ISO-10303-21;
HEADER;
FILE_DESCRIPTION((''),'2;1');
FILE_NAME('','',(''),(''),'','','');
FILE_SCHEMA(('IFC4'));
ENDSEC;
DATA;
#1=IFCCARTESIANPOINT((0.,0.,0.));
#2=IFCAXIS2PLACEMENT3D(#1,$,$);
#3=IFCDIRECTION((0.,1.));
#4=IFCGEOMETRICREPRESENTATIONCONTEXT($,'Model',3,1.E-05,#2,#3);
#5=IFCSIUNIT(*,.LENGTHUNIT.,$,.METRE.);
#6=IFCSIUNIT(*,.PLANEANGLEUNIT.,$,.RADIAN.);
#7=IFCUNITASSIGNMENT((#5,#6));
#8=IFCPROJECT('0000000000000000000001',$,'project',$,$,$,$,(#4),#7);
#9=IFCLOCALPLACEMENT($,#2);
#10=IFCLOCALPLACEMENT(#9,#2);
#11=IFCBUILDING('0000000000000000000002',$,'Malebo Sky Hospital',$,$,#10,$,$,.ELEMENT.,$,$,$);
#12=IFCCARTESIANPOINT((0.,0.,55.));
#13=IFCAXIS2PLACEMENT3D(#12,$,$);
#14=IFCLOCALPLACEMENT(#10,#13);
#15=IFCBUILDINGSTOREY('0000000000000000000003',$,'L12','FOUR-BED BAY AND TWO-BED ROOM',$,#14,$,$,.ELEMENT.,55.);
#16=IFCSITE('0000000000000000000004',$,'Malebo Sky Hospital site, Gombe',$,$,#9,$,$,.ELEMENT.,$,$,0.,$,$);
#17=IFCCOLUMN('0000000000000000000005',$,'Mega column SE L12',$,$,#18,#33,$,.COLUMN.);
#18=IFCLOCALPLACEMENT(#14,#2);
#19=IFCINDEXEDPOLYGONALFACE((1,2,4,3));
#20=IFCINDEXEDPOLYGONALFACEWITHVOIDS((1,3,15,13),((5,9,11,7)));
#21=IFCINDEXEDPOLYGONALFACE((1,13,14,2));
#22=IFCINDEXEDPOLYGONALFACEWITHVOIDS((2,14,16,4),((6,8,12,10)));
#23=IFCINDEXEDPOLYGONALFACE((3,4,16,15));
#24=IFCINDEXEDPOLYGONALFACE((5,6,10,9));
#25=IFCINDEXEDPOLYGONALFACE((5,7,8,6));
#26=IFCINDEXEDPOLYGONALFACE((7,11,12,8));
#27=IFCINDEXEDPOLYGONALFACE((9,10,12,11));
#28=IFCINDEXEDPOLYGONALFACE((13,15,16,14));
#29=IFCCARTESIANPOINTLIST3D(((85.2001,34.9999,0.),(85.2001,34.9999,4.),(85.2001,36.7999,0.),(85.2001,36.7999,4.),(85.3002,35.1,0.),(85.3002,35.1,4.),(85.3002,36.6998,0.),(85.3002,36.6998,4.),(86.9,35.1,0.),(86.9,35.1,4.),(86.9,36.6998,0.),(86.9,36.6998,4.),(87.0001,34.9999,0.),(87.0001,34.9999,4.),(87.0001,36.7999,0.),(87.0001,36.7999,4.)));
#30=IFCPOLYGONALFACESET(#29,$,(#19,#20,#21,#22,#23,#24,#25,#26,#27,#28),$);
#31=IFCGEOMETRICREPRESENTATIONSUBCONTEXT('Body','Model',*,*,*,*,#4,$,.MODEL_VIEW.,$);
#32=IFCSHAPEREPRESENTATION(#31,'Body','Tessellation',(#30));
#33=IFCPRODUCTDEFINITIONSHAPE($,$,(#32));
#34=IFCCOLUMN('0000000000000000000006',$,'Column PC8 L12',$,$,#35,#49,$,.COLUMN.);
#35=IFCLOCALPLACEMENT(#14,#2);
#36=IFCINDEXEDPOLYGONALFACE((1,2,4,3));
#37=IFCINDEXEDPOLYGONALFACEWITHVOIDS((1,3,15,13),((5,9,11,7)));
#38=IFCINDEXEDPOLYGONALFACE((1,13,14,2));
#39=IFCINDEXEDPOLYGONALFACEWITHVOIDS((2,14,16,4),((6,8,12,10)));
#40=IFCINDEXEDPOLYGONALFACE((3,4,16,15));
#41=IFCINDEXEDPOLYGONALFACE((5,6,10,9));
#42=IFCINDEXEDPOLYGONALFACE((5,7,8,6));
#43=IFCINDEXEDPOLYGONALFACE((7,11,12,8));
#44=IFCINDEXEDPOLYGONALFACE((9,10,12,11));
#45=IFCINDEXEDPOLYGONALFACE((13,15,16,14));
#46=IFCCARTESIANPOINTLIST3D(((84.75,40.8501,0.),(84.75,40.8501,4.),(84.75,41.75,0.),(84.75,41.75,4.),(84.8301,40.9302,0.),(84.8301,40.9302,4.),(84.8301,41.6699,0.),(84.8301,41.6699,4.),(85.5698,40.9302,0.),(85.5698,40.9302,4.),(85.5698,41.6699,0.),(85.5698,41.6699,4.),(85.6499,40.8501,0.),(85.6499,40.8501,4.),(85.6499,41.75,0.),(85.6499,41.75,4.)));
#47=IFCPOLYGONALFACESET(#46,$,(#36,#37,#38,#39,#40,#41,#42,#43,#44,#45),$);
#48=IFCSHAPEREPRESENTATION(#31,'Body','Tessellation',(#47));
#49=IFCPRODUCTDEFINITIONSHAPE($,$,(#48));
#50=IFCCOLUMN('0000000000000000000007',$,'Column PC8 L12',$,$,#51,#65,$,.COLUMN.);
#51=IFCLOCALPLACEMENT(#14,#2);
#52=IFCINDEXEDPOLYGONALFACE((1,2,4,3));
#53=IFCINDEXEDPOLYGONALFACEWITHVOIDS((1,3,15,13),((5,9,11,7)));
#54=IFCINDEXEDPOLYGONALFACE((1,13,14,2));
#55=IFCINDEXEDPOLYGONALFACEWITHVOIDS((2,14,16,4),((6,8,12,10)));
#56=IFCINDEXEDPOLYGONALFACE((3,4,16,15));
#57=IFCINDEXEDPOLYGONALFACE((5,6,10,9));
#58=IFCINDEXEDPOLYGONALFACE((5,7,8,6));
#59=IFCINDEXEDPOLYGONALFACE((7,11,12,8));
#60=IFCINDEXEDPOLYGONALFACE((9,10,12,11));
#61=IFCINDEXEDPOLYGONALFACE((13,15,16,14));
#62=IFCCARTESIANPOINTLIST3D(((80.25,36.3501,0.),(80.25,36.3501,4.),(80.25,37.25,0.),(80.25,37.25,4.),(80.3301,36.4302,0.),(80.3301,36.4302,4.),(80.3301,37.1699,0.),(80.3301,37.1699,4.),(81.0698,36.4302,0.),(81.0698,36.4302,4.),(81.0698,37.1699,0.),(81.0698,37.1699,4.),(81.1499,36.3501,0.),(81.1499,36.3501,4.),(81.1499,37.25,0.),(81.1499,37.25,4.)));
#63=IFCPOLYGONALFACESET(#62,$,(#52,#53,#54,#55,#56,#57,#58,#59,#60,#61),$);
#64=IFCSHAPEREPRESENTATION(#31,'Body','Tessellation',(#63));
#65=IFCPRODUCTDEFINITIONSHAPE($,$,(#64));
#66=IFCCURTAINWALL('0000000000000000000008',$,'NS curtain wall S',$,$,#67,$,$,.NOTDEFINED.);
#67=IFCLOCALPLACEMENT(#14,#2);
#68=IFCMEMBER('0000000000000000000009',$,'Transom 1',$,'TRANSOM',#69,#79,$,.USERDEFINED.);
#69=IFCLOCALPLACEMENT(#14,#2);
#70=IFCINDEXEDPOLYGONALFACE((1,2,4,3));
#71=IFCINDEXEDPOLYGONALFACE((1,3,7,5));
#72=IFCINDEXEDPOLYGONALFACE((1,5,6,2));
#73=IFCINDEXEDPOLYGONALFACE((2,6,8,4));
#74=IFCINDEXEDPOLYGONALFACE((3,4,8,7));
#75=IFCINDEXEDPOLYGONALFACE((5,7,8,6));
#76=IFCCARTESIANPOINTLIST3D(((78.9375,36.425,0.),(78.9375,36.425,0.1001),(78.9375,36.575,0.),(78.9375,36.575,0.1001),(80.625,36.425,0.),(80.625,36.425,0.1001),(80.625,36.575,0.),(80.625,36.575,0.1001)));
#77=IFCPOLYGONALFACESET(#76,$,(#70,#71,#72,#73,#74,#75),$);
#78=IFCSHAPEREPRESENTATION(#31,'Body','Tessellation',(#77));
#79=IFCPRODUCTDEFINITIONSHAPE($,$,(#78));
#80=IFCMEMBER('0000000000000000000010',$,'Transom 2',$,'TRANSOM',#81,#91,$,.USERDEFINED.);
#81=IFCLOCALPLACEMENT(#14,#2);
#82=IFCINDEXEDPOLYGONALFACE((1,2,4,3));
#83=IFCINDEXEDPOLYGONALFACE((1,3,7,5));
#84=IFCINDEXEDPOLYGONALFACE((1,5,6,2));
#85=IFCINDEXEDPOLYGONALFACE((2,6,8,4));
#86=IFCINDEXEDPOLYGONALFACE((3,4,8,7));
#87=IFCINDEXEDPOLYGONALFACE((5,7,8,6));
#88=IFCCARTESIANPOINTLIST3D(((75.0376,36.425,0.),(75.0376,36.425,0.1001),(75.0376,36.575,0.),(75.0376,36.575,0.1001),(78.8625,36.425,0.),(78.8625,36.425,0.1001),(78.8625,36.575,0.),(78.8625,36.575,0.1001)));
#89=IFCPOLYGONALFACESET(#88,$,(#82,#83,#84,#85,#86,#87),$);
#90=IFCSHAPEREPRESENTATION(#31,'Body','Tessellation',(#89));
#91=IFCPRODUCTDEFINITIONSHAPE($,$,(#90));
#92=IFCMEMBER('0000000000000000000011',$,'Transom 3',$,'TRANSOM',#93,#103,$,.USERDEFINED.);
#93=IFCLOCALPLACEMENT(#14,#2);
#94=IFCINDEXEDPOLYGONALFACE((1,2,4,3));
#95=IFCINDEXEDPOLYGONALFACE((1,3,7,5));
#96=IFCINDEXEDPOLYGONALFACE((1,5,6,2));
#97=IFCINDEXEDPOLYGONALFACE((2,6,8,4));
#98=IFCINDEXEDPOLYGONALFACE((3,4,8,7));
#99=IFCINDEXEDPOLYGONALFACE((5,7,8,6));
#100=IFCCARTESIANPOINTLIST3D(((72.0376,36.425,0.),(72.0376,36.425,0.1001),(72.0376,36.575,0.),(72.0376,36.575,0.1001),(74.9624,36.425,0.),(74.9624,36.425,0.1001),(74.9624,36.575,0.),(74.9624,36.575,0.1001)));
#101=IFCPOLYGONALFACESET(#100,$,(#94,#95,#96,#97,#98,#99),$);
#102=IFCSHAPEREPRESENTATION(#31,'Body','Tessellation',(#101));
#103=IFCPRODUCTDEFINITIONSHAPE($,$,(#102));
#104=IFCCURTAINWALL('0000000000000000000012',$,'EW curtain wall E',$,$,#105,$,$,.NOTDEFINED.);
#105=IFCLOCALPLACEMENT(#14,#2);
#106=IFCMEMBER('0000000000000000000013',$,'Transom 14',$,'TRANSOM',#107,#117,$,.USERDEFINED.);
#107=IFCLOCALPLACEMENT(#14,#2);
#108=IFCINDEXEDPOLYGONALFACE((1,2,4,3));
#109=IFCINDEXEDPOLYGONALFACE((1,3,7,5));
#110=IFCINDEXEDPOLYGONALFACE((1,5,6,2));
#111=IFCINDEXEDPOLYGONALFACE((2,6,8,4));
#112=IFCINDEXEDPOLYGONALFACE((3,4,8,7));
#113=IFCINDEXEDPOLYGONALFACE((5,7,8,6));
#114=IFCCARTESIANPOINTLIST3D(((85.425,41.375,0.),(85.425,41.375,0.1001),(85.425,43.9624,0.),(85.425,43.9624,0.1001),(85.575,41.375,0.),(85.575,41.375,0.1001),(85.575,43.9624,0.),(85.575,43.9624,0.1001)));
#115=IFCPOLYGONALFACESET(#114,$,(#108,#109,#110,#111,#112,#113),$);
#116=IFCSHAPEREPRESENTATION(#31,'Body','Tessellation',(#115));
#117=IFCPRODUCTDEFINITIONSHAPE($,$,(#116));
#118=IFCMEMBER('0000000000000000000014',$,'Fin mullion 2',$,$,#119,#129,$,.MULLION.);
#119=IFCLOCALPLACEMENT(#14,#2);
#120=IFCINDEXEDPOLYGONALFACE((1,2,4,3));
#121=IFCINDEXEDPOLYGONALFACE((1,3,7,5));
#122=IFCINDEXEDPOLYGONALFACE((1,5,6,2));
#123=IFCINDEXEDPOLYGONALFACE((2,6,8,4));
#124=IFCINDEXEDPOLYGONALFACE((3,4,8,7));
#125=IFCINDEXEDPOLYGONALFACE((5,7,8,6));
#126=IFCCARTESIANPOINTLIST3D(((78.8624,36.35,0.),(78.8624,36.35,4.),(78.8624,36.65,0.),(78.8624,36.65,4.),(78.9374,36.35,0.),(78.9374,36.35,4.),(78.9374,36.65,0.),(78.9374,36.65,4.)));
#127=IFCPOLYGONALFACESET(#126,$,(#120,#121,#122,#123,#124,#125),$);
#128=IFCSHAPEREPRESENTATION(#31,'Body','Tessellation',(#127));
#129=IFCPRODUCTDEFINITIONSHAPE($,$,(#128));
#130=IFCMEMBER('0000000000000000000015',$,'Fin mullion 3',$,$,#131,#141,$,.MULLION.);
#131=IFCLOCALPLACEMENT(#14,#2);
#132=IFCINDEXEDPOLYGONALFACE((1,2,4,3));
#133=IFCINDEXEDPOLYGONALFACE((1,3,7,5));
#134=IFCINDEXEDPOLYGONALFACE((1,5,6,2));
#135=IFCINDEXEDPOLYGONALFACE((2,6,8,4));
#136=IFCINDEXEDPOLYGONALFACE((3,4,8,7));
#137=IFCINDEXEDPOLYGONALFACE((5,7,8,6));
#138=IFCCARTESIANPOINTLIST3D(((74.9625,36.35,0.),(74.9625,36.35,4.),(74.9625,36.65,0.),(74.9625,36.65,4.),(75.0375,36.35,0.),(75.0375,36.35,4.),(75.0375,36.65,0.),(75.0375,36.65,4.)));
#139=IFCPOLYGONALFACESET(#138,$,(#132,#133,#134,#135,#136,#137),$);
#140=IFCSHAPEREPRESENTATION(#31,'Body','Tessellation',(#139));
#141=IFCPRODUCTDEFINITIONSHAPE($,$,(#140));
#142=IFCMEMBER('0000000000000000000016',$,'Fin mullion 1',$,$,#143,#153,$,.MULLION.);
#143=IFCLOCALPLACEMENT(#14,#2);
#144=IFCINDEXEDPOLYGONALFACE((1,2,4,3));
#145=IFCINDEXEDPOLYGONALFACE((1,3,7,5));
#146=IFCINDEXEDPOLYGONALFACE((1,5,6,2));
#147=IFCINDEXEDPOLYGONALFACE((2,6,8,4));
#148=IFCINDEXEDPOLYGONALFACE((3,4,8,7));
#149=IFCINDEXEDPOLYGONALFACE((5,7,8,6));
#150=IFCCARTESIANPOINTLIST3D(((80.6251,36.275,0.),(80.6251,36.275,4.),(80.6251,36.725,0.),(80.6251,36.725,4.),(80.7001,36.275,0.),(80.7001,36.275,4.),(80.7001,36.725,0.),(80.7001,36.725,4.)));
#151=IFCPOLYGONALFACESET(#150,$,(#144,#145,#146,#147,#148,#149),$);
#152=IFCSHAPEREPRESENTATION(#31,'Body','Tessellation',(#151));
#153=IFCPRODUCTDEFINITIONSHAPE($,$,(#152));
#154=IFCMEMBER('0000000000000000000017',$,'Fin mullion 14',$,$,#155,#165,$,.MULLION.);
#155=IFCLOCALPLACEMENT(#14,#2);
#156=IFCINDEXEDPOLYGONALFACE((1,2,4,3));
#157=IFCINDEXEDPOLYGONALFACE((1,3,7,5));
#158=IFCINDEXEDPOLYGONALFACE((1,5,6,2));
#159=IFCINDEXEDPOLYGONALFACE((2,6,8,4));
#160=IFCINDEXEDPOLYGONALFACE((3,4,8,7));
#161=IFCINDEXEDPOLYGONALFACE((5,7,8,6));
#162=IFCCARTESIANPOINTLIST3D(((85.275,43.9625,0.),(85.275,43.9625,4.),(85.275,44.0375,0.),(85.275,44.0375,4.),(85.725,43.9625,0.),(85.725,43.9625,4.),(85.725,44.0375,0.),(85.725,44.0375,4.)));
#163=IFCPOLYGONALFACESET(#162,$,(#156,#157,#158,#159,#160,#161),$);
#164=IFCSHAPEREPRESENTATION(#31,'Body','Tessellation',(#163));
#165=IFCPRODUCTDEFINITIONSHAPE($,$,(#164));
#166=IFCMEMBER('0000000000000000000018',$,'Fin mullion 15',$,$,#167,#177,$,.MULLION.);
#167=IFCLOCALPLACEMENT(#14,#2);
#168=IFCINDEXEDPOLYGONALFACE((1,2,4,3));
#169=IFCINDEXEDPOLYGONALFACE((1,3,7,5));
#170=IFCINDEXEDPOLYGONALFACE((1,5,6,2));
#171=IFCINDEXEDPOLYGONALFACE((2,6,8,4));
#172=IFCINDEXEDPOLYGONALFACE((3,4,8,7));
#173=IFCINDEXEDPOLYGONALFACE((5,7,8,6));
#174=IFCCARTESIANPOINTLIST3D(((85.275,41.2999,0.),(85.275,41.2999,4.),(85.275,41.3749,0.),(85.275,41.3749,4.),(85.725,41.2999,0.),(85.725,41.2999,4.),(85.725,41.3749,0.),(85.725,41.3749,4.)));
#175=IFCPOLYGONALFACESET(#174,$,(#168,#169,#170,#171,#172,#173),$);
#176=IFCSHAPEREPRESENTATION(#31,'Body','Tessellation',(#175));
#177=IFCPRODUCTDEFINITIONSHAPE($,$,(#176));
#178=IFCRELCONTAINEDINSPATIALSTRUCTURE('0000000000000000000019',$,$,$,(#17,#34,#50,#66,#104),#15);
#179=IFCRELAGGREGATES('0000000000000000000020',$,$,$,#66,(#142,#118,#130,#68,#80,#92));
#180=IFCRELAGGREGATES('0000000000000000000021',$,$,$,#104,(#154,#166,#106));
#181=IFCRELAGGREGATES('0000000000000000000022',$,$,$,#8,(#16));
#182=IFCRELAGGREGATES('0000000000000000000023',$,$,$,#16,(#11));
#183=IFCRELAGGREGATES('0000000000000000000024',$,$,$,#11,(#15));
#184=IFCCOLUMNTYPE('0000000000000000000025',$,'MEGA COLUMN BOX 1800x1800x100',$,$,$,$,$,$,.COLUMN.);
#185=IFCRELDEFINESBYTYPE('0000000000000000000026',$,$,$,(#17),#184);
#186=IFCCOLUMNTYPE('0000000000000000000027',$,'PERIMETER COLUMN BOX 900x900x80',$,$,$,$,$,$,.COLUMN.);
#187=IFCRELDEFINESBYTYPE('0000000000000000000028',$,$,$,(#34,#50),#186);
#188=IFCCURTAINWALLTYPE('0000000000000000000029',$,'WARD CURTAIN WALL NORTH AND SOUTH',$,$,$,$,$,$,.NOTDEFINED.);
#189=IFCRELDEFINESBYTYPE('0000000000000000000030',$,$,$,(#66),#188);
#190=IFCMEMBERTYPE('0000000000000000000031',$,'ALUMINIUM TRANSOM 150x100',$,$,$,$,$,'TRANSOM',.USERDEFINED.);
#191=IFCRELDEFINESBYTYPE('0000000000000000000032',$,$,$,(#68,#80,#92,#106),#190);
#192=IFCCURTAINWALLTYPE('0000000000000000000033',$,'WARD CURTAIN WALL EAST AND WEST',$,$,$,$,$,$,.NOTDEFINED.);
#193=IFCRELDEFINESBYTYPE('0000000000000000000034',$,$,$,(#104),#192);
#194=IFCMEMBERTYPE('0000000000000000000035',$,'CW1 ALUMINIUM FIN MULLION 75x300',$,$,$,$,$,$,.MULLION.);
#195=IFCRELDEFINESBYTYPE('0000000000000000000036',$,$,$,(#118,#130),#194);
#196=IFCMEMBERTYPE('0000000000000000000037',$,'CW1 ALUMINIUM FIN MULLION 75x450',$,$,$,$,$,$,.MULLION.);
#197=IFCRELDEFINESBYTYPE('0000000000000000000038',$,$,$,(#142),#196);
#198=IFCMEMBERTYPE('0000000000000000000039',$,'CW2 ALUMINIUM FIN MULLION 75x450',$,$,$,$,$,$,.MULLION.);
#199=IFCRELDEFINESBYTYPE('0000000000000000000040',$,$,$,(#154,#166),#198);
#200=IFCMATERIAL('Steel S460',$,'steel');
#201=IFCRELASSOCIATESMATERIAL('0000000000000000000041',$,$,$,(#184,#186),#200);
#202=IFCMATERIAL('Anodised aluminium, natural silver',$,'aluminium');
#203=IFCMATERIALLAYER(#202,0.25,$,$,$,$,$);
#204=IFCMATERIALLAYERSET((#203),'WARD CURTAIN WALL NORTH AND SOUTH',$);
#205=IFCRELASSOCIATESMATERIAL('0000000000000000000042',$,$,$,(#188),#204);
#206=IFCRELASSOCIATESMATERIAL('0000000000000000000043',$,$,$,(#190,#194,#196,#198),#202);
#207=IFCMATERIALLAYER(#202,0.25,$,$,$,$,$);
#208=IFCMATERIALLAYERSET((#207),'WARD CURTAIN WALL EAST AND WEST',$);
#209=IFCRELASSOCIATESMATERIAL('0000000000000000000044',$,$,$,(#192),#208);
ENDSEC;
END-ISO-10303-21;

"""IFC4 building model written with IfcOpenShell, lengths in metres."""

from ifc_helpers import new_model, si_unit, direction, frame, origin, origin_2d, place, context, subcontext, project, spatial, rectangle, hollow_rectangle, extrude, material, layer, layer_set, material_profile, profile_set, type_object, element, aggregate, save


model = new_model("IFC4")

# Units and contexts
model_context = context("Model", 3, precision=1e-05, world=origin(), true_north=direction((0.0, 1.0)))
body_context = subcontext(model_context, "Body", "Model", "MODEL_VIEW")
ifc_project = project(units=[si_unit("LENGTHUNIT", "METRE"), si_unit("PLANEANGLEUNIT", "RADIAN")], contexts=[model_context])

# Site, building, storey
site_placement = place(None, origin())
site = spatial("IfcSite", under=ifc_project, at=site_placement, Name="Malebo Sky Hospital site, Gombe", CompositionType="ELEMENT", RefElevation=0.0)
building_placement = place(site_placement, origin())
building = spatial("IfcBuilding", under=site, at=building_placement, Name="Malebo Sky Hospital", CompositionType="ELEMENT")
storey_placement = place(building_placement, frame((0.0, 0.0, 55.0)))
storey = spatial("IfcBuildingStorey", under=building, at=storey_placement, Name="L12", Description="FOUR-BED BAY AND TWO-BED ROOM", CompositionType="ELEMENT", Elevation=55.0)

# Columns
ifc_material_1 = material(Name="Steel S460", Category="steel")
ifc_material_profile_1 = material_profile(ifc_material_1, hollow_rectangle(XDim=1.8, YDim=1.8, WallThickness=0.1001, at=origin_2d()), Name="BOX 1800x1800x100")
ifc_profile_set_1 = profile_set([ifc_material_profile_1], Name="Steel S460")
column_type_1 = type_object("IfcColumnType", Name="MEGA COLUMN BOX 1800x1800x100", PredefinedType="COLUMN", material=ifc_profile_set_1)
column_placement = place(storey_placement, frame((86.1001, 35.8999, 0.0), z_axis=(0.0, 0.0, 1.0), x_axis=(1.0, 0.0, 0.0)))
element("IfcColumn", 1, at=column_placement, inside=storey, type_object=column_type_1, Name="Mega column SE L12", PredefinedType="COLUMN", context=body_context, shape_type="SweptSolid", body=[
    extrude(hollow_rectangle(XDim=1.8, YDim=1.8, WallThickness=0.1001, at=origin_2d()), origin(), (0.0, 0.0, 1.0), 4.0),
])
ifc_material_profile_2 = material_profile(ifc_material_1, hollow_rectangle(XDim=0.8999, YDim=0.8999, WallThickness=0.0801, at=origin_2d()), Name="BOX 900x900x80")
ifc_profile_set_2 = profile_set([ifc_material_profile_2], Name="Steel S460")
column_type_2 = type_object("IfcColumnType", Name="PERIMETER COLUMN BOX 900x900x80", PredefinedType="COLUMN", material=ifc_profile_set_2)
for number, where, z_axis, x_axis, name in (
    (2, (85.2, 41.3, 0.0), (0.0, 0.0, 1.0), (1.0, 0.0, 0.0), "Column PC8 L12"),
    (3, (80.7, 36.8, 0.0), (0.0, 0.0, 1.0), (1.0, 0.0, 0.0), "Column PC8 L12"),
):
    element("IfcColumn", number, at=place(storey_placement, frame(where, z_axis=z_axis, x_axis=x_axis)), inside=storey, type_object=column_type_2, Name=name, PredefinedType="COLUMN", context=body_context, shape_type="SweptSolid", body=[
        extrude(hollow_rectangle(XDim=0.8999, YDim=0.8999, WallThickness=0.0801, at=origin_2d()), origin(), (0.0, 0.0, 1.0), 4.0),
    ])

# Curtain wall, members
ifc_material_2 = material(Name="Anodised aluminium, natural silver", Category="aluminium")
ifc_layer_1 = layer(ifc_material_2, 0.25)
ifc_layer_set_1 = layer_set([ifc_layer_1], Name="WARD CURTAIN WALL NORTH AND SOUTH")
curtain_wall_type_1 = type_object("IfcCurtainWallType", Name="WARD CURTAIN WALL NORTH AND SOUTH", PredefinedType="NOTDEFINED", material=ifc_layer_set_1)
curtain_wall_1_placement = place(storey_placement, origin())
curtain_wall_1 = element("IfcCurtainWall", 4, at=curtain_wall_1_placement, inside=storey, type_object=curtain_wall_type_1, Name="NS curtain wall S", PredefinedType="NOTDEFINED")
ifc_material_profile_3 = material_profile(ifc_material_2, rectangle(XDim=0.1499, YDim=0.1001, at=origin_2d()), Name="ALUMINIUM TRANSOM 150x100")
ifc_profile_set_3 = profile_set([ifc_material_profile_3], Name="Anodised aluminium, natural silver")
member_type_1 = type_object("IfcMemberType", Name="ALUMINIUM TRANSOM 150x100", ElementType="TRANSOM", PredefinedType="USERDEFINED", material=ifc_profile_set_3)
member_1_placement = place(storey_placement, frame((80.625, 36.5, 0.05), z_axis=(-1.0, 0.0, 0.0), x_axis=(0.0, -1.0, 0.0)))
member_1 = element("IfcMember", 5, at=member_1_placement, type_object=member_type_1, Name="Transom 1", ObjectType="TRANSOM", PredefinedType="USERDEFINED", context=body_context, shape_type="SweptSolid", body=[
    extrude(rectangle(XDim=0.1499, YDim=0.1001, at=origin_2d()), origin(), (0.0, 0.0, 1.0), 1.6875),
])
member_2_placement = place(storey_placement, frame((78.8625, 36.5, 0.05), z_axis=(-1.0, 0.0, 0.0), x_axis=(0.0, -1.0, 0.0)))
member_2 = element("IfcMember", 6, at=member_2_placement, type_object=member_type_1, Name="Transom 2", ObjectType="TRANSOM", PredefinedType="USERDEFINED", context=body_context, shape_type="SweptSolid", body=[
    extrude(rectangle(XDim=0.1499, YDim=0.1001, at=origin_2d()), origin(), (0.0, 0.0, 1.0), 3.825),
])
member_3_placement = place(storey_placement, frame((74.9624, 36.5, 0.05), z_axis=(-1.0, 0.0, 0.0), x_axis=(0.0, -1.0, 0.0)))
member_3 = element("IfcMember", 7, at=member_3_placement, type_object=member_type_1, Name="Transom 3", ObjectType="TRANSOM", PredefinedType="USERDEFINED", context=body_context, shape_type="SweptSolid", body=[
    extrude(rectangle(XDim=0.1499, YDim=0.1001, at=origin_2d()), origin(), (0.0, 0.0, 1.0), 2.9248),
])

# Curtain wall, member
ifc_layer_2 = layer(ifc_material_2, 0.25)
ifc_layer_set_2 = layer_set([ifc_layer_2], Name="WARD CURTAIN WALL EAST AND WEST")
curtain_wall_type_2 = type_object("IfcCurtainWallType", Name="WARD CURTAIN WALL EAST AND WEST", PredefinedType="NOTDEFINED", material=ifc_layer_set_2)
curtain_wall_2_placement = place(storey_placement, origin())
curtain_wall_2 = element("IfcCurtainWall", 8, at=curtain_wall_2_placement, inside=storey, type_object=curtain_wall_type_2, Name="EW curtain wall E", PredefinedType="NOTDEFINED")
member_4_placement = place(storey_placement, frame((85.5, 43.9624, 0.05), z_axis=(0.0, -1.0, 0.0), x_axis=(1.0, 0.0, 0.0)))
member_4 = element("IfcMember", 9, at=member_4_placement, type_object=member_type_1, Name="Transom 14", ObjectType="TRANSOM", PredefinedType="USERDEFINED", context=body_context, shape_type="SweptSolid", body=[
    extrude(rectangle(XDim=0.1499, YDim=0.1001, at=origin_2d()), origin(), (0.0, 0.0, 1.0), 2.5874),
])

# Members
ifc_material_profile_4 = material_profile(ifc_material_2, rectangle(XDim=0.075, YDim=0.3, at=origin_2d()), Name="CW1 ALUMINIUM FIN MULLION 75x300")
ifc_profile_set_4 = profile_set([ifc_material_profile_4], Name="Anodised aluminium, natural silver")
member_type_2 = type_object("IfcMemberType", Name="CW1 ALUMINIUM FIN MULLION 75x300", PredefinedType="MULLION", material=ifc_profile_set_4)
member_5_placement = place(storey_placement, frame((78.8999, 36.5, 0.0), z_axis=(0.0, 0.0, 1.0), x_axis=(-1.0, 0.0, 0.0)))
member_5 = element("IfcMember", 10, at=member_5_placement, type_object=member_type_2, Name="Fin mullion 2", PredefinedType="MULLION", context=body_context, shape_type="SweptSolid", body=[
    extrude(rectangle(XDim=0.075, YDim=0.3, at=origin_2d()), origin(), (0.0, 0.0, 1.0), 4.0),
])
member_6_placement = place(storey_placement, frame((75.0, 36.5, 0.0), z_axis=(0.0, 0.0, 1.0), x_axis=(-1.0, 0.0, 0.0)))
member_6 = element("IfcMember", 11, at=member_6_placement, type_object=member_type_2, Name="Fin mullion 3", PredefinedType="MULLION", context=body_context, shape_type="SweptSolid", body=[
    extrude(rectangle(XDim=0.075, YDim=0.3, at=origin_2d()), origin(), (0.0, 0.0, 1.0), 4.0),
])
ifc_material_profile_5 = material_profile(ifc_material_2, rectangle(XDim=0.075, YDim=0.45, at=origin_2d()), Name="CW1 ALUMINIUM FIN MULLION 75x450")
ifc_profile_set_5 = profile_set([ifc_material_profile_5], Name="Anodised aluminium, natural silver")
member_type_3 = type_object("IfcMemberType", Name="CW1 ALUMINIUM FIN MULLION 75x450", PredefinedType="MULLION", material=ifc_profile_set_5)
member_7_placement = place(storey_placement, frame((80.6626, 36.5, 0.0), z_axis=(0.0, 0.0, 1.0), x_axis=(-1.0, 0.0, 0.0)))
member_7 = element("IfcMember", 12, at=member_7_placement, type_object=member_type_3, Name="Fin mullion 1", PredefinedType="MULLION", context=body_context, shape_type="SweptSolid", body=[
    extrude(rectangle(XDim=0.075, YDim=0.45, at=origin_2d()), origin(), (0.0, 0.0, 1.0), 4.0),
])
ifc_material_profile_6 = material_profile(ifc_material_2, rectangle(XDim=0.075, YDim=0.45, at=origin_2d()), Name="CW2 ALUMINIUM FIN MULLION 75x450")
ifc_profile_set_6 = profile_set([ifc_material_profile_6], Name="Anodised aluminium, natural silver")
member_type_4 = type_object("IfcMemberType", Name="CW2 ALUMINIUM FIN MULLION 75x450", PredefinedType="MULLION", material=ifc_profile_set_6)
member_8_placement = place(storey_placement, frame((85.5, 44.0, 0.0), z_axis=(0.0, 0.0, 1.0), x_axis=(0.0, -1.0, 0.0)))
member_8 = element("IfcMember", 13, at=member_8_placement, type_object=member_type_4, Name="Fin mullion 14", PredefinedType="MULLION", context=body_context, shape_type="SweptSolid", body=[
    extrude(rectangle(XDim=0.075, YDim=0.45, at=origin_2d()), origin(), (0.0, 0.0, 1.0), 4.0),
])
member_9_placement = place(storey_placement, frame((85.5, 41.3374, 0.0), z_axis=(0.0, 0.0, 1.0), x_axis=(0.0, -1.0, 0.0)))
member_9 = element("IfcMember", 14, at=member_9_placement, type_object=member_type_4, Name="Fin mullion 15", PredefinedType="MULLION", context=body_context, shape_type="SweptSolid", body=[
    extrude(rectangle(XDim=0.075, YDim=0.45, at=origin_2d()), origin(), (0.0, 0.0, 1.0), 4.0),
])

aggregate(curtain_wall_1, [member_7, member_5, member_6, member_1, member_2, member_3])
aggregate(curtain_wall_2, [member_8, member_9, member_4])

save(model, "model.ifc")
